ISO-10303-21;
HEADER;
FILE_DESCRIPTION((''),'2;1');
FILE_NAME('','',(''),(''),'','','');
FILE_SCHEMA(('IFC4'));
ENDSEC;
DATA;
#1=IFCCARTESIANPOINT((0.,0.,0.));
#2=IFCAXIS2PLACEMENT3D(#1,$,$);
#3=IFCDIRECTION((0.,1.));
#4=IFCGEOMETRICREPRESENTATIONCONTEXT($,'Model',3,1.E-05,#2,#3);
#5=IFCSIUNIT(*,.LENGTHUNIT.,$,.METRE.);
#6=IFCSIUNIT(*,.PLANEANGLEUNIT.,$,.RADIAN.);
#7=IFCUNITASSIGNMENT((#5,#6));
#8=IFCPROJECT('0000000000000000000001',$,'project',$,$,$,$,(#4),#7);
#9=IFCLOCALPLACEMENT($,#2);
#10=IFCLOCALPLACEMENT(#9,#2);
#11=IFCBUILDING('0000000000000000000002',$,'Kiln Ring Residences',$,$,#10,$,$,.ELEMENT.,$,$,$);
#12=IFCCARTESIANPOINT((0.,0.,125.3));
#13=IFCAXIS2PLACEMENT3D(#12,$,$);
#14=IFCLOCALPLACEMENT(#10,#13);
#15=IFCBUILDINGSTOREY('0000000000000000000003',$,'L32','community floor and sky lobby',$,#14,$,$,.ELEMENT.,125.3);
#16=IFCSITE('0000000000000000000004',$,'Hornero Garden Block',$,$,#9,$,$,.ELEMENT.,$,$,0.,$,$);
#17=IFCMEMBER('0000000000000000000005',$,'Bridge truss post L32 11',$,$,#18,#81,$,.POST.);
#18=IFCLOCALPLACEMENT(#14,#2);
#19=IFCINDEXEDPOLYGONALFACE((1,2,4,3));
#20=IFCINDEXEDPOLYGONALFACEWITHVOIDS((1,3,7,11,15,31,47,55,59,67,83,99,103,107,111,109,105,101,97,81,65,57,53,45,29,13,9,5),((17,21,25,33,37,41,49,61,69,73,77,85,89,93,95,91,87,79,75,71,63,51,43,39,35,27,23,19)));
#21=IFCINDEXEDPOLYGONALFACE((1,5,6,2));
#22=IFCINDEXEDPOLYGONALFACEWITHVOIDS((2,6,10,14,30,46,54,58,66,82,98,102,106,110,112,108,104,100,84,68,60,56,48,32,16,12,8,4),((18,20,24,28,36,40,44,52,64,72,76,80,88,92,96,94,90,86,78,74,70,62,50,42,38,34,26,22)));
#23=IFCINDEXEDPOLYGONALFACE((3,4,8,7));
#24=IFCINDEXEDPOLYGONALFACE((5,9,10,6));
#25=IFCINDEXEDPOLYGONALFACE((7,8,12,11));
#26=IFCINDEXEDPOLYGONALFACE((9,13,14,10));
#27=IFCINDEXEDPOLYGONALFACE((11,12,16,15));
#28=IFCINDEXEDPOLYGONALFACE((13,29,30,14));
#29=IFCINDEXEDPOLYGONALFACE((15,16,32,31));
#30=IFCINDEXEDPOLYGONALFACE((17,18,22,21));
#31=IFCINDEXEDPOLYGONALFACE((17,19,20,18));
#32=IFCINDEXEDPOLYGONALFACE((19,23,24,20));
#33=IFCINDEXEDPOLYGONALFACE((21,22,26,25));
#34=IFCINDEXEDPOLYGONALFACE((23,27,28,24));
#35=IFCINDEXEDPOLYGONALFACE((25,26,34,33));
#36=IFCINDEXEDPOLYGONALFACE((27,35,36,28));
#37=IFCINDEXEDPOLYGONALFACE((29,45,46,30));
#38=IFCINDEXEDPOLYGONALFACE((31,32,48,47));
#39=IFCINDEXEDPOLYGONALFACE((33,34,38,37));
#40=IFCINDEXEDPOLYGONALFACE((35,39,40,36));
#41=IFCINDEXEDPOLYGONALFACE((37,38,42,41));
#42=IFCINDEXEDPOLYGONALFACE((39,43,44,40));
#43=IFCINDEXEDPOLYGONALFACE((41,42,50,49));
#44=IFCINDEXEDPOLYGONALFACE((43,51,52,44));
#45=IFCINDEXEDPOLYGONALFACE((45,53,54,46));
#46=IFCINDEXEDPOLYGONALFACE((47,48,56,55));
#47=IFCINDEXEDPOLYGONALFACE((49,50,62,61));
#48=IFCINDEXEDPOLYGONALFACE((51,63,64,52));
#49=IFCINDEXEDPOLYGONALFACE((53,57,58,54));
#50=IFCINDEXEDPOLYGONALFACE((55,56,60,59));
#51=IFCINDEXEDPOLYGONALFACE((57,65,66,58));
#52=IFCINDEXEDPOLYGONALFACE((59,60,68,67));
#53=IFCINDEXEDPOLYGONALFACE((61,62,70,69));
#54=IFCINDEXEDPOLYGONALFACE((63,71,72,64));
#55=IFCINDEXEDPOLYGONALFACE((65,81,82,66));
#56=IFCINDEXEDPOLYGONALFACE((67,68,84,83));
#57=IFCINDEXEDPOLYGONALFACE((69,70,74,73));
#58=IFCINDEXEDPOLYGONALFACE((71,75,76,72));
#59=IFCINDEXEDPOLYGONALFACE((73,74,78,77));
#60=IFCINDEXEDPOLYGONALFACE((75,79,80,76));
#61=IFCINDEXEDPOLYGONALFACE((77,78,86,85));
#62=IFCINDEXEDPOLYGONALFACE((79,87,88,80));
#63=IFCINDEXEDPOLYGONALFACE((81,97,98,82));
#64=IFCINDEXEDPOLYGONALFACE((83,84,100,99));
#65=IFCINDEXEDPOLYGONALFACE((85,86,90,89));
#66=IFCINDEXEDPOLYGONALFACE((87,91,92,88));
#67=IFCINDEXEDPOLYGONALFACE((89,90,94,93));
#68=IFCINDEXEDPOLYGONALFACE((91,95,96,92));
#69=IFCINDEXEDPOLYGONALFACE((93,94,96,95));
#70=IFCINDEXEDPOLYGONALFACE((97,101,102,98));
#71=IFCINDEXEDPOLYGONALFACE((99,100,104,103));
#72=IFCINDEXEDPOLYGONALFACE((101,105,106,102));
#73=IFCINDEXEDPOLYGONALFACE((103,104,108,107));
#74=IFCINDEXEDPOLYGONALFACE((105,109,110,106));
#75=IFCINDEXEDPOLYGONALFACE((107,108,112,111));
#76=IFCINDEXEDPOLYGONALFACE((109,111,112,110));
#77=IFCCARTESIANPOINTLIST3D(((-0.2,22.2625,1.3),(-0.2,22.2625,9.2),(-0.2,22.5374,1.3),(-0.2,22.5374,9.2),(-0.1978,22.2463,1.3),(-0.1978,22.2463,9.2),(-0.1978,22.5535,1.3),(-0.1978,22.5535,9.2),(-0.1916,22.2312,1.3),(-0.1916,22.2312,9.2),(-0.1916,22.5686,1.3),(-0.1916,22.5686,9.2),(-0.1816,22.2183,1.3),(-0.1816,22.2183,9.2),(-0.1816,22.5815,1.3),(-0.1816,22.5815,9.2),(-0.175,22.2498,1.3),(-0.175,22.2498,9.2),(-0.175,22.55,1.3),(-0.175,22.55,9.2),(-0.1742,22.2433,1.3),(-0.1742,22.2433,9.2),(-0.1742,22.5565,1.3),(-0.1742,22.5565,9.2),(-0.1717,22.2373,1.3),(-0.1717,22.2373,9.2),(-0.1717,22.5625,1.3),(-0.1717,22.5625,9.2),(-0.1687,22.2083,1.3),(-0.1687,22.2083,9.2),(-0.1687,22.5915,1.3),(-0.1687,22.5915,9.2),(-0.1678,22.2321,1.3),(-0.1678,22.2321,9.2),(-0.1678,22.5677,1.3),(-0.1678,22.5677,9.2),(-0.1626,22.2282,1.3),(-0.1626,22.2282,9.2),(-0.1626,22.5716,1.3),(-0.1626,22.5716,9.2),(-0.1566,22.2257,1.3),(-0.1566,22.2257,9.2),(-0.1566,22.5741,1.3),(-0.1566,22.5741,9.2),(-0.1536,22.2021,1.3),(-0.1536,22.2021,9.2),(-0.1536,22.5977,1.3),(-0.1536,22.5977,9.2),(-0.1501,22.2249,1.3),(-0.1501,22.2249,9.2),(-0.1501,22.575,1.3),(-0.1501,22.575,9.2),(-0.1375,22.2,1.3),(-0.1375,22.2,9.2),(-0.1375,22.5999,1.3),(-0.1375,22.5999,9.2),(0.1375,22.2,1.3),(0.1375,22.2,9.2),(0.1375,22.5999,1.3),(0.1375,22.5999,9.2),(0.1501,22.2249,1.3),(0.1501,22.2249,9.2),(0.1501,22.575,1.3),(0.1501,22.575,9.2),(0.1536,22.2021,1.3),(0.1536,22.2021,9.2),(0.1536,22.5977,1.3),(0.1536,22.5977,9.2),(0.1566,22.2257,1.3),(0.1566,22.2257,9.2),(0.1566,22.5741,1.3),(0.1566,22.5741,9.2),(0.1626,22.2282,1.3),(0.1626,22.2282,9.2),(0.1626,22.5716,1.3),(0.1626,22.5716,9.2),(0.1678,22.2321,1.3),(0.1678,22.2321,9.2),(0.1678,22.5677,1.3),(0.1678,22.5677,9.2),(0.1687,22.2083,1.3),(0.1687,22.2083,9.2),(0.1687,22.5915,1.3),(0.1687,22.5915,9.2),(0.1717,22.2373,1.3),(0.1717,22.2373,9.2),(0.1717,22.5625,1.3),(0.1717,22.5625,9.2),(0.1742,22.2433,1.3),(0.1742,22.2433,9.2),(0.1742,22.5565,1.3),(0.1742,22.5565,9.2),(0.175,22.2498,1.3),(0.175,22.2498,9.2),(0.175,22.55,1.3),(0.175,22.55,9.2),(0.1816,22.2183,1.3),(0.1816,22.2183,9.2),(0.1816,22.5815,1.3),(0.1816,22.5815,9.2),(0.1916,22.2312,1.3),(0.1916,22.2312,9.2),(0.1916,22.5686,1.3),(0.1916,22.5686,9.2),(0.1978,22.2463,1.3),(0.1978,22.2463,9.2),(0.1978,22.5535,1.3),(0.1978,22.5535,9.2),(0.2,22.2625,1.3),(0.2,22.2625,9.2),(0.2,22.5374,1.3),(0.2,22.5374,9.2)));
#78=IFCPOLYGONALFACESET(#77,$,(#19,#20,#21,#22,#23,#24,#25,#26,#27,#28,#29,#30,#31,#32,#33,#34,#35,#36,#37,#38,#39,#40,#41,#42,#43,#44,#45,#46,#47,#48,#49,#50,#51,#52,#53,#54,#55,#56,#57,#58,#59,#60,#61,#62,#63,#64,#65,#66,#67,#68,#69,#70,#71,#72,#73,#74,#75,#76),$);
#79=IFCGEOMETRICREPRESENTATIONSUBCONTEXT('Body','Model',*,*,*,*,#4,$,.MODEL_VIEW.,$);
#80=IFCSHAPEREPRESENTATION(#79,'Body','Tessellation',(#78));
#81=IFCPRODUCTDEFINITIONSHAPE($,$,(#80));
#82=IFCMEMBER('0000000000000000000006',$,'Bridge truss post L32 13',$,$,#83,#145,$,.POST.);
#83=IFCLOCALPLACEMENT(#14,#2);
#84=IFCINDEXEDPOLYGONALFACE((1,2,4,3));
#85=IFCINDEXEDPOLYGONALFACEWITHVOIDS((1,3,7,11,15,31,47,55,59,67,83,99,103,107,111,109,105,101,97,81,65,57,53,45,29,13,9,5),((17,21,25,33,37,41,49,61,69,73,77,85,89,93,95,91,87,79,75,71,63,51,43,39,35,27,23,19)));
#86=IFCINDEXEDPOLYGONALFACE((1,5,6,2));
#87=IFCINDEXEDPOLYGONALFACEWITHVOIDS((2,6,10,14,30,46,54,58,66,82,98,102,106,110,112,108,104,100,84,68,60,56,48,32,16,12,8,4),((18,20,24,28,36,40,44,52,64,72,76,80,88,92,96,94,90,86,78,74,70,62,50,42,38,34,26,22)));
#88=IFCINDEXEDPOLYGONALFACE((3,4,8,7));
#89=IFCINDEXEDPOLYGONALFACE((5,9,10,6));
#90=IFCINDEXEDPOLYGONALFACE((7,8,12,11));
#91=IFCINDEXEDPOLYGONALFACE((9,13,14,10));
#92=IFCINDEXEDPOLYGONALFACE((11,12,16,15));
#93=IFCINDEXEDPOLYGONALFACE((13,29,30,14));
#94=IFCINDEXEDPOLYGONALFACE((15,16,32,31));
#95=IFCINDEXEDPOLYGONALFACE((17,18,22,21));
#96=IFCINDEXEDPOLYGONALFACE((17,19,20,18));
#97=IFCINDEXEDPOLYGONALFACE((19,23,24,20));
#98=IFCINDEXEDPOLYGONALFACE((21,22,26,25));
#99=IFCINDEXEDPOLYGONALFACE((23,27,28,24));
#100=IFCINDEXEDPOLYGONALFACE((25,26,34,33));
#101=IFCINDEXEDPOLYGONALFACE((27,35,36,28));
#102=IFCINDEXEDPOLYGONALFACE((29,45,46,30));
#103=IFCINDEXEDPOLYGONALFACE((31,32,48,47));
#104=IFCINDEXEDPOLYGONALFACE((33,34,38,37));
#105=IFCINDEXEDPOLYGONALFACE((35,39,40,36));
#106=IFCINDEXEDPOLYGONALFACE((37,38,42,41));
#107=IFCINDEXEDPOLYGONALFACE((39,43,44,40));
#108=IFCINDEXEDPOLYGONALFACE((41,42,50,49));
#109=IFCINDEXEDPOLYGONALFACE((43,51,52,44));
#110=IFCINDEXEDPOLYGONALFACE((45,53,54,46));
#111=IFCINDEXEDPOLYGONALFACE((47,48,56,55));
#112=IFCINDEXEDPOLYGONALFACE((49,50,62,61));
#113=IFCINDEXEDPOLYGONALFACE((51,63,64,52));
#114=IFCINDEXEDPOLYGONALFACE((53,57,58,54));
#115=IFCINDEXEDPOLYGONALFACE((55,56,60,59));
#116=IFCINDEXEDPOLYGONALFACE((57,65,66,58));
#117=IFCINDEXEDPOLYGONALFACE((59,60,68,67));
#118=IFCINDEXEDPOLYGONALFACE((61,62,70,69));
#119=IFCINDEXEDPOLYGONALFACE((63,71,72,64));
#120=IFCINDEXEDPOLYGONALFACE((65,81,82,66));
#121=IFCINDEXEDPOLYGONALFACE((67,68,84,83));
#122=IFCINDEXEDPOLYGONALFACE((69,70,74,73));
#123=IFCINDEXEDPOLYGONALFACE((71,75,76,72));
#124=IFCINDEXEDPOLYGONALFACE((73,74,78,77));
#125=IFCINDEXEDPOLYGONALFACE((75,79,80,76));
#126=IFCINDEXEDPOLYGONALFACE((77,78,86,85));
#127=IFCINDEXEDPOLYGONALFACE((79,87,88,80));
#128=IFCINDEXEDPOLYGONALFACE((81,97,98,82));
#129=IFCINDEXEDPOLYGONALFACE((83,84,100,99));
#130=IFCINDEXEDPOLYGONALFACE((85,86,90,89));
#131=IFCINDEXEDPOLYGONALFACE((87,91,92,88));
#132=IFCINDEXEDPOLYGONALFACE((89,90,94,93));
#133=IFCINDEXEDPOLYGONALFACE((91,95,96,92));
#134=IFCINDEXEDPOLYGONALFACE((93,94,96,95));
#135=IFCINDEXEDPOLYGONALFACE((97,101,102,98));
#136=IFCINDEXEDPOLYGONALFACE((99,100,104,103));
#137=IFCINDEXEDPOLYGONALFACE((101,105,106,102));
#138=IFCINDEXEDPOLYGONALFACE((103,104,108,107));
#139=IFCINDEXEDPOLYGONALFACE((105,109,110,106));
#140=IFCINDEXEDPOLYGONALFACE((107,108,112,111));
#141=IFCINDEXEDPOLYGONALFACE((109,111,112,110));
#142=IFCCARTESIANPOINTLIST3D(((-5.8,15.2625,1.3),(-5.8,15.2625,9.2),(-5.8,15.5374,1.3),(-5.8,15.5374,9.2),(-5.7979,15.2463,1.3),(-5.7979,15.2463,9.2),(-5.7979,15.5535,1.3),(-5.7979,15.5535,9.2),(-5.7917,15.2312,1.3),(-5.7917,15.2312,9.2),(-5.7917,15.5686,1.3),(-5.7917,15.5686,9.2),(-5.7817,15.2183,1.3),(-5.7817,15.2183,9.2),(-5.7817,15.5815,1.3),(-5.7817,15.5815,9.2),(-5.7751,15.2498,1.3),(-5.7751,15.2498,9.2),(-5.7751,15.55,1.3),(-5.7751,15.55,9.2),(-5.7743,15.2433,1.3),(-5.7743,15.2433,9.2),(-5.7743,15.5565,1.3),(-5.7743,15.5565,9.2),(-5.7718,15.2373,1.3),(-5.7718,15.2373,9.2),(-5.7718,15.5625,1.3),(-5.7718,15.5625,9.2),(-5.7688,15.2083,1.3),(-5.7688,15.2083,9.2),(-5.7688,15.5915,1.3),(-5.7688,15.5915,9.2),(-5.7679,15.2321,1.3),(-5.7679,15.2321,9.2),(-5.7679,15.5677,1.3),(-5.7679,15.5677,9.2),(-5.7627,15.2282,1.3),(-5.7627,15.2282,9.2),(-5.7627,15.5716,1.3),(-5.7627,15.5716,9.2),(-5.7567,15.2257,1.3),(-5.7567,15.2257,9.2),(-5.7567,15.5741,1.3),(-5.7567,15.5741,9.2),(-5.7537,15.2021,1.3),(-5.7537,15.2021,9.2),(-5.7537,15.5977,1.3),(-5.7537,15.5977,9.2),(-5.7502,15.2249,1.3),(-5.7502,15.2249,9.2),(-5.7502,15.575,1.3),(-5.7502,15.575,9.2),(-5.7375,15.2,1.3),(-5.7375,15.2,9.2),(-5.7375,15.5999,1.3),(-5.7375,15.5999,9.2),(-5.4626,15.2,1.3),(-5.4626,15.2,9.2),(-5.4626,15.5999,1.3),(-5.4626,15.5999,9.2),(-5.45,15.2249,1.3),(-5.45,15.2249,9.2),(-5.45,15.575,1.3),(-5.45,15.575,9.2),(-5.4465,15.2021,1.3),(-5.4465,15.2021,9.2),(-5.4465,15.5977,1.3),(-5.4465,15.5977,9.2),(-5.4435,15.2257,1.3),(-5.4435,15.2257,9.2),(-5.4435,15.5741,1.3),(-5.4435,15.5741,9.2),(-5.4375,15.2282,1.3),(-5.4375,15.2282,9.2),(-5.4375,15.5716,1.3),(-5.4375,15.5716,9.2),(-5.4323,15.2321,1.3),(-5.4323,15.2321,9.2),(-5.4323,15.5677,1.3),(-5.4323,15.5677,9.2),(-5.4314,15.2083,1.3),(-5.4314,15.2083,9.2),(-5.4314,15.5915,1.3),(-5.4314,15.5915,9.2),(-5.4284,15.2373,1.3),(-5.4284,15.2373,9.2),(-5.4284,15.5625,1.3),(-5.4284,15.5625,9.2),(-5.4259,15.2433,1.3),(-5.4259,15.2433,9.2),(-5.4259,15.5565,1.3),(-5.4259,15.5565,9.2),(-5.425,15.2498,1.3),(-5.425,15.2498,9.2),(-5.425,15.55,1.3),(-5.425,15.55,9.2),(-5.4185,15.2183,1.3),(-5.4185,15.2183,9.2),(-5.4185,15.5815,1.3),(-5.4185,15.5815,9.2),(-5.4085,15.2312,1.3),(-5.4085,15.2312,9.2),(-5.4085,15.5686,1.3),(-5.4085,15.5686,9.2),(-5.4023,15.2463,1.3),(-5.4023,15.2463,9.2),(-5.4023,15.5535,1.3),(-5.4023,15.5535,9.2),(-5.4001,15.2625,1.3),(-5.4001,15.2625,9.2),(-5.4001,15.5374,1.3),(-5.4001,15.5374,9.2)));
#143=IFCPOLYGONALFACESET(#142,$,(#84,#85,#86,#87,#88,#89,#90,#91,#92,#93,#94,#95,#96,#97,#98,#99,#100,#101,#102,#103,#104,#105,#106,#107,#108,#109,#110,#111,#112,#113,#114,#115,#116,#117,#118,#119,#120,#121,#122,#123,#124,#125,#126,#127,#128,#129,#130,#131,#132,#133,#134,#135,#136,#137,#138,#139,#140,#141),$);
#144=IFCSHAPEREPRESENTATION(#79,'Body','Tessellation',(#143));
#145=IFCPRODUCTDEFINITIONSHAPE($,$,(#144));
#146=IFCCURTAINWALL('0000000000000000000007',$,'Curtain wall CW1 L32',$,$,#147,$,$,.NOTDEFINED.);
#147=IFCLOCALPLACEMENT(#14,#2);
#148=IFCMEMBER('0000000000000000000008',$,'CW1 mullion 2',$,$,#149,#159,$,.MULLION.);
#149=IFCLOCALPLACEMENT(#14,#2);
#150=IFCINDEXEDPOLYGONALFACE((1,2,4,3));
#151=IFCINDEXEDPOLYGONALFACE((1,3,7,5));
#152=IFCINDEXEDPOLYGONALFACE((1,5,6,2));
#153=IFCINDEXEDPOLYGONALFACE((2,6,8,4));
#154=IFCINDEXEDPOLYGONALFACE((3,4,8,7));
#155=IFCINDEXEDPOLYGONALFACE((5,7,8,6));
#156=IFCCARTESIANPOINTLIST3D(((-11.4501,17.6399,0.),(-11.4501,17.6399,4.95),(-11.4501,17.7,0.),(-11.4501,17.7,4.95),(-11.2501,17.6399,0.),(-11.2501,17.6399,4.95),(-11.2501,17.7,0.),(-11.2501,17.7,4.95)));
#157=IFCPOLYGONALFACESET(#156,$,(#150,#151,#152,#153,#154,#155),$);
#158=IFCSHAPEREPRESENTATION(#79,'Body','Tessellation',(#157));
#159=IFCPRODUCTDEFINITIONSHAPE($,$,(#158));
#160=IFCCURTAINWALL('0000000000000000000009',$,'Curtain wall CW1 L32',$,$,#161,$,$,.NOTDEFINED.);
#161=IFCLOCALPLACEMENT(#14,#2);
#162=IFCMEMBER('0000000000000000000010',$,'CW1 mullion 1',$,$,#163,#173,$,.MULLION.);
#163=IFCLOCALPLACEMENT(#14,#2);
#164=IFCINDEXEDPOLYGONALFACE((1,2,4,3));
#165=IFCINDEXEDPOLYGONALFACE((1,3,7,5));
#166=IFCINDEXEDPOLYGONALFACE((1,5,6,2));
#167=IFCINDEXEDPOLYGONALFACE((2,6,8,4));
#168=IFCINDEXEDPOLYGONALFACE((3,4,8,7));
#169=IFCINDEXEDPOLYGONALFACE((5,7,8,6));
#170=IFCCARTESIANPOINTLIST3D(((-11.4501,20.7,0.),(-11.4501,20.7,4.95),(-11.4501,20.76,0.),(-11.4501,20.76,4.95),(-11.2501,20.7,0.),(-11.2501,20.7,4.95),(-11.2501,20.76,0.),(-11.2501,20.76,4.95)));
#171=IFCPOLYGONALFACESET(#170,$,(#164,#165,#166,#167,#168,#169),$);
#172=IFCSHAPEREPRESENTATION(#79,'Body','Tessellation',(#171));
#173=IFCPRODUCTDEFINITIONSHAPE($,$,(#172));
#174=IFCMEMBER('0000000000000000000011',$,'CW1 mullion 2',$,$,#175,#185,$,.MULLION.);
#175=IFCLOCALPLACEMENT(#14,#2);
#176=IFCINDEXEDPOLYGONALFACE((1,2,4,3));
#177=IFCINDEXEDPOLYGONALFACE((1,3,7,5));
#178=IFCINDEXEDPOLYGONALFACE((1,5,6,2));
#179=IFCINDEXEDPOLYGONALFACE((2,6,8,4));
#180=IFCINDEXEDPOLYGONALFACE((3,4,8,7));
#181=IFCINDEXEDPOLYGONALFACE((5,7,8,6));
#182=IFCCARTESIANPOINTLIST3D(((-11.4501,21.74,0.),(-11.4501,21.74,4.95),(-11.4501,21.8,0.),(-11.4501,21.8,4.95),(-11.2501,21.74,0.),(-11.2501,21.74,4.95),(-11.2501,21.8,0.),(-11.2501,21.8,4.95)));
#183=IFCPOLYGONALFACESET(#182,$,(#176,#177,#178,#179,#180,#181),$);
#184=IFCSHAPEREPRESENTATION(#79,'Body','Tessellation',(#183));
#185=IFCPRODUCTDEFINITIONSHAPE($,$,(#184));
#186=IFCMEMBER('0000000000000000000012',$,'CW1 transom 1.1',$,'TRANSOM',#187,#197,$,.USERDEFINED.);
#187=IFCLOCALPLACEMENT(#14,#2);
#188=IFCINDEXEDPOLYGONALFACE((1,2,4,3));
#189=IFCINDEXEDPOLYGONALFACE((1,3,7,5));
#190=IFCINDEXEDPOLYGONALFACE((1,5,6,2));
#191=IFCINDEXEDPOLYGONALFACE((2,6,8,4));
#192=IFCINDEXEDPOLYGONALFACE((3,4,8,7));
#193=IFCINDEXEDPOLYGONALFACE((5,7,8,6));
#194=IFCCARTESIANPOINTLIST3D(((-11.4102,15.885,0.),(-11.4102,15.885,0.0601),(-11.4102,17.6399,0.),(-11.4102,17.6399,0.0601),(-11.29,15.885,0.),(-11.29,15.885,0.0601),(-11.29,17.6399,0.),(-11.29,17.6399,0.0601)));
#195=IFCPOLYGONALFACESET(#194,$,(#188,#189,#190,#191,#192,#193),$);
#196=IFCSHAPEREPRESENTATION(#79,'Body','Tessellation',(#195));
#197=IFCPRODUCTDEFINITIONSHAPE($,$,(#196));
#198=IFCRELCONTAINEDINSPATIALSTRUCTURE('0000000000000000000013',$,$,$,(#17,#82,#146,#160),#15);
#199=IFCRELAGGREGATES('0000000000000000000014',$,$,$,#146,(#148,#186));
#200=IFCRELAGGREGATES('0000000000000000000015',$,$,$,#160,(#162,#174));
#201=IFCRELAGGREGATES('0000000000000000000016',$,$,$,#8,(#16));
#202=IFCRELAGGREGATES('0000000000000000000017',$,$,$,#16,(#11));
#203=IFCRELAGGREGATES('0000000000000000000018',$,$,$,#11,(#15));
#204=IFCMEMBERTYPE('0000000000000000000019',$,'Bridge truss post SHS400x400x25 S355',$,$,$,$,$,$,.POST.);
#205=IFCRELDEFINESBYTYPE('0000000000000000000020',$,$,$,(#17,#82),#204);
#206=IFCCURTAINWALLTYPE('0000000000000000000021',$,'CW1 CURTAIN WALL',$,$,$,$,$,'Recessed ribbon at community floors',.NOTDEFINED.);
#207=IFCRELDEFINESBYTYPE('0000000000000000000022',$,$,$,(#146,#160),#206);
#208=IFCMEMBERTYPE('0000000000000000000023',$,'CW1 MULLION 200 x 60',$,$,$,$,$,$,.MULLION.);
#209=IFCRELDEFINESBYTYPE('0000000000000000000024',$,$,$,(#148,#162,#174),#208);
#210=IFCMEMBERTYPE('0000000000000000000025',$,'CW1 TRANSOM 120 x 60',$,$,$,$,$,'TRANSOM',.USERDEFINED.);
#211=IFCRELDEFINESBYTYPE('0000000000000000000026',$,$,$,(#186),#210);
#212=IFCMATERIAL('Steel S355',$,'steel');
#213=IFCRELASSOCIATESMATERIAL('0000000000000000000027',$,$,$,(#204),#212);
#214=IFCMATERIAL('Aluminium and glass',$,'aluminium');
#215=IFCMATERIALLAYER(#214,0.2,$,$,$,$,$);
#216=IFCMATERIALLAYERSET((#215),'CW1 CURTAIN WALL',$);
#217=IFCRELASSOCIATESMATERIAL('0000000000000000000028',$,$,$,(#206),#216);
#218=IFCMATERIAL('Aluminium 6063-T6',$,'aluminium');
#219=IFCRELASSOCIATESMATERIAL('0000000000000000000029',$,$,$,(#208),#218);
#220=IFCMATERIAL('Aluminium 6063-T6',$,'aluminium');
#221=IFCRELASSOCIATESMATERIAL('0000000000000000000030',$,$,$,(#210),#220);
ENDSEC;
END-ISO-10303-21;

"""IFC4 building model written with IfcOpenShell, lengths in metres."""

from ifc_helpers import new_model, si_unit, direction, frame, origin, origin_2d, place, context, subcontext, project, spatial, rectangle, hollow_rectangle, extrude, material, layer, layer_set, material_profile, profile_set, type_object, element, aggregate, save


model = new_model("IFC4")

# Units and contexts
model_context = context("Model", 3, precision=1e-05, world=origin(), true_north=direction((0.0, 1.0)))
body_context = subcontext(model_context, "Body", "Model", "MODEL_VIEW")
ifc_project = project(units=[si_unit("LENGTHUNIT", "METRE"), si_unit("PLANEANGLEUNIT", "RADIAN")], contexts=[model_context])

# Site, building, storey
site_placement = place(None, origin())
site = spatial("IfcSite", under=ifc_project, at=site_placement, Name="Hornero Garden Block", CompositionType="ELEMENT", RefElevation=0.0)
building_placement = place(site_placement, origin())
building = spatial("IfcBuilding", under=site, at=building_placement, Name="Kiln Ring Residences", CompositionType="ELEMENT")
storey_placement = place(building_placement, frame((0.0, 0.0, 125.3)))
storey = spatial("IfcBuildingStorey", under=building, at=storey_placement, Name="L32", Description="community floor and sky lobby", CompositionType="ELEMENT", Elevation=125.3)

# Members
ifc_material_1 = material(Name="Steel S355", Category="steel")
ifc_material_profile_1 = material_profile(ifc_material_1, hollow_rectangle(XDim=0.3999, YDim=0.3999, WallThickness=0.0249, InnerFilletRadius=0.0249, OuterFilletRadius=0.0625, at=origin_2d()), Name="SHS400x400x25")
ifc_profile_set_1 = profile_set([ifc_material_profile_1], Name="Steel S355")
member_type_1 = type_object("IfcMemberType", Name="Bridge truss post SHS400x400x25 S355", PredefinedType="POST", material=ifc_profile_set_1)
for number, where, z_axis, x_axis, name in (
    (1, (0.0, 22.3999, 1.3), (0.0, 0.0, 1.0), (1.0, 0.0, 0.0), "Bridge truss post L32 11"),
    (2, (-5.6001, 15.3999, 1.3), (0.0, 0.0, 1.0), (1.0, 0.0, 0.0), "Bridge truss post L32 13"),
):
    element("IfcMember", number, at=place(storey_placement, frame(where, z_axis=z_axis, x_axis=x_axis)), inside=storey, type_object=member_type_1, Name=name, PredefinedType="POST", context=body_context, shape_type="SweptSolid", body=[
        extrude(hollow_rectangle(XDim=0.3999, YDim=0.3999, WallThickness=0.0249, InnerFilletRadius=0.0249, OuterFilletRadius=0.0625, at=origin_2d()), origin(), (0.0, 0.0, 1.0), 7.8999),
    ])

# Curtain wall, member
ifc_material_2 = material(Name="Aluminium and glass", Category="aluminium")
ifc_layer_1 = layer(ifc_material_2, 0.2)
ifc_layer_set_1 = layer_set([ifc_layer_1], Name="CW1 CURTAIN WALL")
curtain_wall_type = type_object("IfcCurtainWallType", Name="CW1 CURTAIN WALL", ElementType="Recessed ribbon at community floors", PredefinedType="NOTDEFINED", material=ifc_layer_set_1)
placement = place(storey_placement, origin())
curtain_wall_1 = element("IfcCurtainWall", 3, at=placement, inside=storey, type_object=curtain_wall_type, Name="Curtain wall CW1 L32", PredefinedType="NOTDEFINED")
ifc_material_3 = material(Name="Aluminium 6063-T6", Category="aluminium")
ifc_material_profile_2 = material_profile(ifc_material_3, rectangle(XDim=0.2, YDim=0.0601, at=origin_2d()), Name="AL 200x60")
ifc_profile_set_2 = profile_set([ifc_material_profile_2], Name="Aluminium 6063-T6")
member_type_2 = type_object("IfcMemberType", Name="CW1 MULLION 200 x 60", PredefinedType="MULLION", material=ifc_profile_set_2)
member_1_placement = place(storey_placement, frame((-11.3501, 17.6699, 0.0), z_axis=(0.0, 0.0, 1.0), x_axis=(-1.0, 0.0, 0.0)))
member_1 = element("IfcMember", 4, at=member_1_placement, type_object=member_type_2, Name="CW1 mullion 2", PredefinedType="MULLION", context=body_context, shape_type="SweptSolid", body=[
    extrude(rectangle(XDim=0.2, YDim=0.0601, at=origin_2d()), origin(), (0.0, 0.0, 1.0), 4.95),
])

# Curtain wall, members
curtain_wall_2 = element("IfcCurtainWall", 5, at=placement, inside=storey, type_object=curtain_wall_type, Name="Curtain wall CW1 L32", PredefinedType="NOTDEFINED")
member_2_placement = place(storey_placement, frame((-11.3501, 20.73, 0.0), z_axis=(0.0, 0.0, 1.0), x_axis=(-1.0, 0.0, 0.0)))
member_2 = element("IfcMember", 6, at=member_2_placement, type_object=member_type_2, Name="CW1 mullion 1", PredefinedType="MULLION", context=body_context, shape_type="SweptSolid", body=[
    extrude(rectangle(XDim=0.2, YDim=0.0601, at=origin_2d()), origin(), (0.0, 0.0, 1.0), 4.95),
])
member_3_placement = place(storey_placement, frame((-11.3501, 21.77, 0.0), z_axis=(0.0, 0.0, 1.0), x_axis=(-1.0, 0.0, 0.0)))
member_3 = element("IfcMember", 7, at=member_3_placement, type_object=member_type_2, Name="CW1 mullion 2", PredefinedType="MULLION", context=body_context, shape_type="SweptSolid", body=[
    extrude(rectangle(XDim=0.2, YDim=0.0601, at=origin_2d()), origin(), (0.0, 0.0, 1.0), 4.95),
])

# Member
ifc_material_4 = material(Name="Aluminium 6063-T6", Category="aluminium")
ifc_material_profile_3 = material_profile(ifc_material_4, rectangle(XDim=0.1201, YDim=0.0601, at=origin_2d()), Name="AL 120x60")
ifc_profile_set_3 = profile_set([ifc_material_profile_3], Name="Aluminium 6063-T6")
member_type_3 = type_object("IfcMemberType", Name="CW1 TRANSOM 120 x 60", ElementType="TRANSOM", PredefinedType="USERDEFINED", material=ifc_profile_set_3)
member_4_placement = place(storey_placement, frame((-11.3501, 15.885, 0.03), z_axis=(0.0, 1.0, 0.0), x_axis=(-1.0, 0.0, 0.0)))
member_4 = element("IfcMember", 8, at=member_4_placement, type_object=member_type_3, Name="CW1 transom 1.1", ObjectType="TRANSOM", PredefinedType="USERDEFINED", context=body_context, shape_type="SweptSolid", body=[
    extrude(rectangle(XDim=0.1201, YDim=0.0601, at=origin_2d()), origin(), (0.0, 0.0, 1.0), 1.7549),
])

aggregate(curtain_wall_1, [member_1, member_4])
aggregate(curtain_wall_2, [member_2, member_3])

save(model, "model.ifc")
